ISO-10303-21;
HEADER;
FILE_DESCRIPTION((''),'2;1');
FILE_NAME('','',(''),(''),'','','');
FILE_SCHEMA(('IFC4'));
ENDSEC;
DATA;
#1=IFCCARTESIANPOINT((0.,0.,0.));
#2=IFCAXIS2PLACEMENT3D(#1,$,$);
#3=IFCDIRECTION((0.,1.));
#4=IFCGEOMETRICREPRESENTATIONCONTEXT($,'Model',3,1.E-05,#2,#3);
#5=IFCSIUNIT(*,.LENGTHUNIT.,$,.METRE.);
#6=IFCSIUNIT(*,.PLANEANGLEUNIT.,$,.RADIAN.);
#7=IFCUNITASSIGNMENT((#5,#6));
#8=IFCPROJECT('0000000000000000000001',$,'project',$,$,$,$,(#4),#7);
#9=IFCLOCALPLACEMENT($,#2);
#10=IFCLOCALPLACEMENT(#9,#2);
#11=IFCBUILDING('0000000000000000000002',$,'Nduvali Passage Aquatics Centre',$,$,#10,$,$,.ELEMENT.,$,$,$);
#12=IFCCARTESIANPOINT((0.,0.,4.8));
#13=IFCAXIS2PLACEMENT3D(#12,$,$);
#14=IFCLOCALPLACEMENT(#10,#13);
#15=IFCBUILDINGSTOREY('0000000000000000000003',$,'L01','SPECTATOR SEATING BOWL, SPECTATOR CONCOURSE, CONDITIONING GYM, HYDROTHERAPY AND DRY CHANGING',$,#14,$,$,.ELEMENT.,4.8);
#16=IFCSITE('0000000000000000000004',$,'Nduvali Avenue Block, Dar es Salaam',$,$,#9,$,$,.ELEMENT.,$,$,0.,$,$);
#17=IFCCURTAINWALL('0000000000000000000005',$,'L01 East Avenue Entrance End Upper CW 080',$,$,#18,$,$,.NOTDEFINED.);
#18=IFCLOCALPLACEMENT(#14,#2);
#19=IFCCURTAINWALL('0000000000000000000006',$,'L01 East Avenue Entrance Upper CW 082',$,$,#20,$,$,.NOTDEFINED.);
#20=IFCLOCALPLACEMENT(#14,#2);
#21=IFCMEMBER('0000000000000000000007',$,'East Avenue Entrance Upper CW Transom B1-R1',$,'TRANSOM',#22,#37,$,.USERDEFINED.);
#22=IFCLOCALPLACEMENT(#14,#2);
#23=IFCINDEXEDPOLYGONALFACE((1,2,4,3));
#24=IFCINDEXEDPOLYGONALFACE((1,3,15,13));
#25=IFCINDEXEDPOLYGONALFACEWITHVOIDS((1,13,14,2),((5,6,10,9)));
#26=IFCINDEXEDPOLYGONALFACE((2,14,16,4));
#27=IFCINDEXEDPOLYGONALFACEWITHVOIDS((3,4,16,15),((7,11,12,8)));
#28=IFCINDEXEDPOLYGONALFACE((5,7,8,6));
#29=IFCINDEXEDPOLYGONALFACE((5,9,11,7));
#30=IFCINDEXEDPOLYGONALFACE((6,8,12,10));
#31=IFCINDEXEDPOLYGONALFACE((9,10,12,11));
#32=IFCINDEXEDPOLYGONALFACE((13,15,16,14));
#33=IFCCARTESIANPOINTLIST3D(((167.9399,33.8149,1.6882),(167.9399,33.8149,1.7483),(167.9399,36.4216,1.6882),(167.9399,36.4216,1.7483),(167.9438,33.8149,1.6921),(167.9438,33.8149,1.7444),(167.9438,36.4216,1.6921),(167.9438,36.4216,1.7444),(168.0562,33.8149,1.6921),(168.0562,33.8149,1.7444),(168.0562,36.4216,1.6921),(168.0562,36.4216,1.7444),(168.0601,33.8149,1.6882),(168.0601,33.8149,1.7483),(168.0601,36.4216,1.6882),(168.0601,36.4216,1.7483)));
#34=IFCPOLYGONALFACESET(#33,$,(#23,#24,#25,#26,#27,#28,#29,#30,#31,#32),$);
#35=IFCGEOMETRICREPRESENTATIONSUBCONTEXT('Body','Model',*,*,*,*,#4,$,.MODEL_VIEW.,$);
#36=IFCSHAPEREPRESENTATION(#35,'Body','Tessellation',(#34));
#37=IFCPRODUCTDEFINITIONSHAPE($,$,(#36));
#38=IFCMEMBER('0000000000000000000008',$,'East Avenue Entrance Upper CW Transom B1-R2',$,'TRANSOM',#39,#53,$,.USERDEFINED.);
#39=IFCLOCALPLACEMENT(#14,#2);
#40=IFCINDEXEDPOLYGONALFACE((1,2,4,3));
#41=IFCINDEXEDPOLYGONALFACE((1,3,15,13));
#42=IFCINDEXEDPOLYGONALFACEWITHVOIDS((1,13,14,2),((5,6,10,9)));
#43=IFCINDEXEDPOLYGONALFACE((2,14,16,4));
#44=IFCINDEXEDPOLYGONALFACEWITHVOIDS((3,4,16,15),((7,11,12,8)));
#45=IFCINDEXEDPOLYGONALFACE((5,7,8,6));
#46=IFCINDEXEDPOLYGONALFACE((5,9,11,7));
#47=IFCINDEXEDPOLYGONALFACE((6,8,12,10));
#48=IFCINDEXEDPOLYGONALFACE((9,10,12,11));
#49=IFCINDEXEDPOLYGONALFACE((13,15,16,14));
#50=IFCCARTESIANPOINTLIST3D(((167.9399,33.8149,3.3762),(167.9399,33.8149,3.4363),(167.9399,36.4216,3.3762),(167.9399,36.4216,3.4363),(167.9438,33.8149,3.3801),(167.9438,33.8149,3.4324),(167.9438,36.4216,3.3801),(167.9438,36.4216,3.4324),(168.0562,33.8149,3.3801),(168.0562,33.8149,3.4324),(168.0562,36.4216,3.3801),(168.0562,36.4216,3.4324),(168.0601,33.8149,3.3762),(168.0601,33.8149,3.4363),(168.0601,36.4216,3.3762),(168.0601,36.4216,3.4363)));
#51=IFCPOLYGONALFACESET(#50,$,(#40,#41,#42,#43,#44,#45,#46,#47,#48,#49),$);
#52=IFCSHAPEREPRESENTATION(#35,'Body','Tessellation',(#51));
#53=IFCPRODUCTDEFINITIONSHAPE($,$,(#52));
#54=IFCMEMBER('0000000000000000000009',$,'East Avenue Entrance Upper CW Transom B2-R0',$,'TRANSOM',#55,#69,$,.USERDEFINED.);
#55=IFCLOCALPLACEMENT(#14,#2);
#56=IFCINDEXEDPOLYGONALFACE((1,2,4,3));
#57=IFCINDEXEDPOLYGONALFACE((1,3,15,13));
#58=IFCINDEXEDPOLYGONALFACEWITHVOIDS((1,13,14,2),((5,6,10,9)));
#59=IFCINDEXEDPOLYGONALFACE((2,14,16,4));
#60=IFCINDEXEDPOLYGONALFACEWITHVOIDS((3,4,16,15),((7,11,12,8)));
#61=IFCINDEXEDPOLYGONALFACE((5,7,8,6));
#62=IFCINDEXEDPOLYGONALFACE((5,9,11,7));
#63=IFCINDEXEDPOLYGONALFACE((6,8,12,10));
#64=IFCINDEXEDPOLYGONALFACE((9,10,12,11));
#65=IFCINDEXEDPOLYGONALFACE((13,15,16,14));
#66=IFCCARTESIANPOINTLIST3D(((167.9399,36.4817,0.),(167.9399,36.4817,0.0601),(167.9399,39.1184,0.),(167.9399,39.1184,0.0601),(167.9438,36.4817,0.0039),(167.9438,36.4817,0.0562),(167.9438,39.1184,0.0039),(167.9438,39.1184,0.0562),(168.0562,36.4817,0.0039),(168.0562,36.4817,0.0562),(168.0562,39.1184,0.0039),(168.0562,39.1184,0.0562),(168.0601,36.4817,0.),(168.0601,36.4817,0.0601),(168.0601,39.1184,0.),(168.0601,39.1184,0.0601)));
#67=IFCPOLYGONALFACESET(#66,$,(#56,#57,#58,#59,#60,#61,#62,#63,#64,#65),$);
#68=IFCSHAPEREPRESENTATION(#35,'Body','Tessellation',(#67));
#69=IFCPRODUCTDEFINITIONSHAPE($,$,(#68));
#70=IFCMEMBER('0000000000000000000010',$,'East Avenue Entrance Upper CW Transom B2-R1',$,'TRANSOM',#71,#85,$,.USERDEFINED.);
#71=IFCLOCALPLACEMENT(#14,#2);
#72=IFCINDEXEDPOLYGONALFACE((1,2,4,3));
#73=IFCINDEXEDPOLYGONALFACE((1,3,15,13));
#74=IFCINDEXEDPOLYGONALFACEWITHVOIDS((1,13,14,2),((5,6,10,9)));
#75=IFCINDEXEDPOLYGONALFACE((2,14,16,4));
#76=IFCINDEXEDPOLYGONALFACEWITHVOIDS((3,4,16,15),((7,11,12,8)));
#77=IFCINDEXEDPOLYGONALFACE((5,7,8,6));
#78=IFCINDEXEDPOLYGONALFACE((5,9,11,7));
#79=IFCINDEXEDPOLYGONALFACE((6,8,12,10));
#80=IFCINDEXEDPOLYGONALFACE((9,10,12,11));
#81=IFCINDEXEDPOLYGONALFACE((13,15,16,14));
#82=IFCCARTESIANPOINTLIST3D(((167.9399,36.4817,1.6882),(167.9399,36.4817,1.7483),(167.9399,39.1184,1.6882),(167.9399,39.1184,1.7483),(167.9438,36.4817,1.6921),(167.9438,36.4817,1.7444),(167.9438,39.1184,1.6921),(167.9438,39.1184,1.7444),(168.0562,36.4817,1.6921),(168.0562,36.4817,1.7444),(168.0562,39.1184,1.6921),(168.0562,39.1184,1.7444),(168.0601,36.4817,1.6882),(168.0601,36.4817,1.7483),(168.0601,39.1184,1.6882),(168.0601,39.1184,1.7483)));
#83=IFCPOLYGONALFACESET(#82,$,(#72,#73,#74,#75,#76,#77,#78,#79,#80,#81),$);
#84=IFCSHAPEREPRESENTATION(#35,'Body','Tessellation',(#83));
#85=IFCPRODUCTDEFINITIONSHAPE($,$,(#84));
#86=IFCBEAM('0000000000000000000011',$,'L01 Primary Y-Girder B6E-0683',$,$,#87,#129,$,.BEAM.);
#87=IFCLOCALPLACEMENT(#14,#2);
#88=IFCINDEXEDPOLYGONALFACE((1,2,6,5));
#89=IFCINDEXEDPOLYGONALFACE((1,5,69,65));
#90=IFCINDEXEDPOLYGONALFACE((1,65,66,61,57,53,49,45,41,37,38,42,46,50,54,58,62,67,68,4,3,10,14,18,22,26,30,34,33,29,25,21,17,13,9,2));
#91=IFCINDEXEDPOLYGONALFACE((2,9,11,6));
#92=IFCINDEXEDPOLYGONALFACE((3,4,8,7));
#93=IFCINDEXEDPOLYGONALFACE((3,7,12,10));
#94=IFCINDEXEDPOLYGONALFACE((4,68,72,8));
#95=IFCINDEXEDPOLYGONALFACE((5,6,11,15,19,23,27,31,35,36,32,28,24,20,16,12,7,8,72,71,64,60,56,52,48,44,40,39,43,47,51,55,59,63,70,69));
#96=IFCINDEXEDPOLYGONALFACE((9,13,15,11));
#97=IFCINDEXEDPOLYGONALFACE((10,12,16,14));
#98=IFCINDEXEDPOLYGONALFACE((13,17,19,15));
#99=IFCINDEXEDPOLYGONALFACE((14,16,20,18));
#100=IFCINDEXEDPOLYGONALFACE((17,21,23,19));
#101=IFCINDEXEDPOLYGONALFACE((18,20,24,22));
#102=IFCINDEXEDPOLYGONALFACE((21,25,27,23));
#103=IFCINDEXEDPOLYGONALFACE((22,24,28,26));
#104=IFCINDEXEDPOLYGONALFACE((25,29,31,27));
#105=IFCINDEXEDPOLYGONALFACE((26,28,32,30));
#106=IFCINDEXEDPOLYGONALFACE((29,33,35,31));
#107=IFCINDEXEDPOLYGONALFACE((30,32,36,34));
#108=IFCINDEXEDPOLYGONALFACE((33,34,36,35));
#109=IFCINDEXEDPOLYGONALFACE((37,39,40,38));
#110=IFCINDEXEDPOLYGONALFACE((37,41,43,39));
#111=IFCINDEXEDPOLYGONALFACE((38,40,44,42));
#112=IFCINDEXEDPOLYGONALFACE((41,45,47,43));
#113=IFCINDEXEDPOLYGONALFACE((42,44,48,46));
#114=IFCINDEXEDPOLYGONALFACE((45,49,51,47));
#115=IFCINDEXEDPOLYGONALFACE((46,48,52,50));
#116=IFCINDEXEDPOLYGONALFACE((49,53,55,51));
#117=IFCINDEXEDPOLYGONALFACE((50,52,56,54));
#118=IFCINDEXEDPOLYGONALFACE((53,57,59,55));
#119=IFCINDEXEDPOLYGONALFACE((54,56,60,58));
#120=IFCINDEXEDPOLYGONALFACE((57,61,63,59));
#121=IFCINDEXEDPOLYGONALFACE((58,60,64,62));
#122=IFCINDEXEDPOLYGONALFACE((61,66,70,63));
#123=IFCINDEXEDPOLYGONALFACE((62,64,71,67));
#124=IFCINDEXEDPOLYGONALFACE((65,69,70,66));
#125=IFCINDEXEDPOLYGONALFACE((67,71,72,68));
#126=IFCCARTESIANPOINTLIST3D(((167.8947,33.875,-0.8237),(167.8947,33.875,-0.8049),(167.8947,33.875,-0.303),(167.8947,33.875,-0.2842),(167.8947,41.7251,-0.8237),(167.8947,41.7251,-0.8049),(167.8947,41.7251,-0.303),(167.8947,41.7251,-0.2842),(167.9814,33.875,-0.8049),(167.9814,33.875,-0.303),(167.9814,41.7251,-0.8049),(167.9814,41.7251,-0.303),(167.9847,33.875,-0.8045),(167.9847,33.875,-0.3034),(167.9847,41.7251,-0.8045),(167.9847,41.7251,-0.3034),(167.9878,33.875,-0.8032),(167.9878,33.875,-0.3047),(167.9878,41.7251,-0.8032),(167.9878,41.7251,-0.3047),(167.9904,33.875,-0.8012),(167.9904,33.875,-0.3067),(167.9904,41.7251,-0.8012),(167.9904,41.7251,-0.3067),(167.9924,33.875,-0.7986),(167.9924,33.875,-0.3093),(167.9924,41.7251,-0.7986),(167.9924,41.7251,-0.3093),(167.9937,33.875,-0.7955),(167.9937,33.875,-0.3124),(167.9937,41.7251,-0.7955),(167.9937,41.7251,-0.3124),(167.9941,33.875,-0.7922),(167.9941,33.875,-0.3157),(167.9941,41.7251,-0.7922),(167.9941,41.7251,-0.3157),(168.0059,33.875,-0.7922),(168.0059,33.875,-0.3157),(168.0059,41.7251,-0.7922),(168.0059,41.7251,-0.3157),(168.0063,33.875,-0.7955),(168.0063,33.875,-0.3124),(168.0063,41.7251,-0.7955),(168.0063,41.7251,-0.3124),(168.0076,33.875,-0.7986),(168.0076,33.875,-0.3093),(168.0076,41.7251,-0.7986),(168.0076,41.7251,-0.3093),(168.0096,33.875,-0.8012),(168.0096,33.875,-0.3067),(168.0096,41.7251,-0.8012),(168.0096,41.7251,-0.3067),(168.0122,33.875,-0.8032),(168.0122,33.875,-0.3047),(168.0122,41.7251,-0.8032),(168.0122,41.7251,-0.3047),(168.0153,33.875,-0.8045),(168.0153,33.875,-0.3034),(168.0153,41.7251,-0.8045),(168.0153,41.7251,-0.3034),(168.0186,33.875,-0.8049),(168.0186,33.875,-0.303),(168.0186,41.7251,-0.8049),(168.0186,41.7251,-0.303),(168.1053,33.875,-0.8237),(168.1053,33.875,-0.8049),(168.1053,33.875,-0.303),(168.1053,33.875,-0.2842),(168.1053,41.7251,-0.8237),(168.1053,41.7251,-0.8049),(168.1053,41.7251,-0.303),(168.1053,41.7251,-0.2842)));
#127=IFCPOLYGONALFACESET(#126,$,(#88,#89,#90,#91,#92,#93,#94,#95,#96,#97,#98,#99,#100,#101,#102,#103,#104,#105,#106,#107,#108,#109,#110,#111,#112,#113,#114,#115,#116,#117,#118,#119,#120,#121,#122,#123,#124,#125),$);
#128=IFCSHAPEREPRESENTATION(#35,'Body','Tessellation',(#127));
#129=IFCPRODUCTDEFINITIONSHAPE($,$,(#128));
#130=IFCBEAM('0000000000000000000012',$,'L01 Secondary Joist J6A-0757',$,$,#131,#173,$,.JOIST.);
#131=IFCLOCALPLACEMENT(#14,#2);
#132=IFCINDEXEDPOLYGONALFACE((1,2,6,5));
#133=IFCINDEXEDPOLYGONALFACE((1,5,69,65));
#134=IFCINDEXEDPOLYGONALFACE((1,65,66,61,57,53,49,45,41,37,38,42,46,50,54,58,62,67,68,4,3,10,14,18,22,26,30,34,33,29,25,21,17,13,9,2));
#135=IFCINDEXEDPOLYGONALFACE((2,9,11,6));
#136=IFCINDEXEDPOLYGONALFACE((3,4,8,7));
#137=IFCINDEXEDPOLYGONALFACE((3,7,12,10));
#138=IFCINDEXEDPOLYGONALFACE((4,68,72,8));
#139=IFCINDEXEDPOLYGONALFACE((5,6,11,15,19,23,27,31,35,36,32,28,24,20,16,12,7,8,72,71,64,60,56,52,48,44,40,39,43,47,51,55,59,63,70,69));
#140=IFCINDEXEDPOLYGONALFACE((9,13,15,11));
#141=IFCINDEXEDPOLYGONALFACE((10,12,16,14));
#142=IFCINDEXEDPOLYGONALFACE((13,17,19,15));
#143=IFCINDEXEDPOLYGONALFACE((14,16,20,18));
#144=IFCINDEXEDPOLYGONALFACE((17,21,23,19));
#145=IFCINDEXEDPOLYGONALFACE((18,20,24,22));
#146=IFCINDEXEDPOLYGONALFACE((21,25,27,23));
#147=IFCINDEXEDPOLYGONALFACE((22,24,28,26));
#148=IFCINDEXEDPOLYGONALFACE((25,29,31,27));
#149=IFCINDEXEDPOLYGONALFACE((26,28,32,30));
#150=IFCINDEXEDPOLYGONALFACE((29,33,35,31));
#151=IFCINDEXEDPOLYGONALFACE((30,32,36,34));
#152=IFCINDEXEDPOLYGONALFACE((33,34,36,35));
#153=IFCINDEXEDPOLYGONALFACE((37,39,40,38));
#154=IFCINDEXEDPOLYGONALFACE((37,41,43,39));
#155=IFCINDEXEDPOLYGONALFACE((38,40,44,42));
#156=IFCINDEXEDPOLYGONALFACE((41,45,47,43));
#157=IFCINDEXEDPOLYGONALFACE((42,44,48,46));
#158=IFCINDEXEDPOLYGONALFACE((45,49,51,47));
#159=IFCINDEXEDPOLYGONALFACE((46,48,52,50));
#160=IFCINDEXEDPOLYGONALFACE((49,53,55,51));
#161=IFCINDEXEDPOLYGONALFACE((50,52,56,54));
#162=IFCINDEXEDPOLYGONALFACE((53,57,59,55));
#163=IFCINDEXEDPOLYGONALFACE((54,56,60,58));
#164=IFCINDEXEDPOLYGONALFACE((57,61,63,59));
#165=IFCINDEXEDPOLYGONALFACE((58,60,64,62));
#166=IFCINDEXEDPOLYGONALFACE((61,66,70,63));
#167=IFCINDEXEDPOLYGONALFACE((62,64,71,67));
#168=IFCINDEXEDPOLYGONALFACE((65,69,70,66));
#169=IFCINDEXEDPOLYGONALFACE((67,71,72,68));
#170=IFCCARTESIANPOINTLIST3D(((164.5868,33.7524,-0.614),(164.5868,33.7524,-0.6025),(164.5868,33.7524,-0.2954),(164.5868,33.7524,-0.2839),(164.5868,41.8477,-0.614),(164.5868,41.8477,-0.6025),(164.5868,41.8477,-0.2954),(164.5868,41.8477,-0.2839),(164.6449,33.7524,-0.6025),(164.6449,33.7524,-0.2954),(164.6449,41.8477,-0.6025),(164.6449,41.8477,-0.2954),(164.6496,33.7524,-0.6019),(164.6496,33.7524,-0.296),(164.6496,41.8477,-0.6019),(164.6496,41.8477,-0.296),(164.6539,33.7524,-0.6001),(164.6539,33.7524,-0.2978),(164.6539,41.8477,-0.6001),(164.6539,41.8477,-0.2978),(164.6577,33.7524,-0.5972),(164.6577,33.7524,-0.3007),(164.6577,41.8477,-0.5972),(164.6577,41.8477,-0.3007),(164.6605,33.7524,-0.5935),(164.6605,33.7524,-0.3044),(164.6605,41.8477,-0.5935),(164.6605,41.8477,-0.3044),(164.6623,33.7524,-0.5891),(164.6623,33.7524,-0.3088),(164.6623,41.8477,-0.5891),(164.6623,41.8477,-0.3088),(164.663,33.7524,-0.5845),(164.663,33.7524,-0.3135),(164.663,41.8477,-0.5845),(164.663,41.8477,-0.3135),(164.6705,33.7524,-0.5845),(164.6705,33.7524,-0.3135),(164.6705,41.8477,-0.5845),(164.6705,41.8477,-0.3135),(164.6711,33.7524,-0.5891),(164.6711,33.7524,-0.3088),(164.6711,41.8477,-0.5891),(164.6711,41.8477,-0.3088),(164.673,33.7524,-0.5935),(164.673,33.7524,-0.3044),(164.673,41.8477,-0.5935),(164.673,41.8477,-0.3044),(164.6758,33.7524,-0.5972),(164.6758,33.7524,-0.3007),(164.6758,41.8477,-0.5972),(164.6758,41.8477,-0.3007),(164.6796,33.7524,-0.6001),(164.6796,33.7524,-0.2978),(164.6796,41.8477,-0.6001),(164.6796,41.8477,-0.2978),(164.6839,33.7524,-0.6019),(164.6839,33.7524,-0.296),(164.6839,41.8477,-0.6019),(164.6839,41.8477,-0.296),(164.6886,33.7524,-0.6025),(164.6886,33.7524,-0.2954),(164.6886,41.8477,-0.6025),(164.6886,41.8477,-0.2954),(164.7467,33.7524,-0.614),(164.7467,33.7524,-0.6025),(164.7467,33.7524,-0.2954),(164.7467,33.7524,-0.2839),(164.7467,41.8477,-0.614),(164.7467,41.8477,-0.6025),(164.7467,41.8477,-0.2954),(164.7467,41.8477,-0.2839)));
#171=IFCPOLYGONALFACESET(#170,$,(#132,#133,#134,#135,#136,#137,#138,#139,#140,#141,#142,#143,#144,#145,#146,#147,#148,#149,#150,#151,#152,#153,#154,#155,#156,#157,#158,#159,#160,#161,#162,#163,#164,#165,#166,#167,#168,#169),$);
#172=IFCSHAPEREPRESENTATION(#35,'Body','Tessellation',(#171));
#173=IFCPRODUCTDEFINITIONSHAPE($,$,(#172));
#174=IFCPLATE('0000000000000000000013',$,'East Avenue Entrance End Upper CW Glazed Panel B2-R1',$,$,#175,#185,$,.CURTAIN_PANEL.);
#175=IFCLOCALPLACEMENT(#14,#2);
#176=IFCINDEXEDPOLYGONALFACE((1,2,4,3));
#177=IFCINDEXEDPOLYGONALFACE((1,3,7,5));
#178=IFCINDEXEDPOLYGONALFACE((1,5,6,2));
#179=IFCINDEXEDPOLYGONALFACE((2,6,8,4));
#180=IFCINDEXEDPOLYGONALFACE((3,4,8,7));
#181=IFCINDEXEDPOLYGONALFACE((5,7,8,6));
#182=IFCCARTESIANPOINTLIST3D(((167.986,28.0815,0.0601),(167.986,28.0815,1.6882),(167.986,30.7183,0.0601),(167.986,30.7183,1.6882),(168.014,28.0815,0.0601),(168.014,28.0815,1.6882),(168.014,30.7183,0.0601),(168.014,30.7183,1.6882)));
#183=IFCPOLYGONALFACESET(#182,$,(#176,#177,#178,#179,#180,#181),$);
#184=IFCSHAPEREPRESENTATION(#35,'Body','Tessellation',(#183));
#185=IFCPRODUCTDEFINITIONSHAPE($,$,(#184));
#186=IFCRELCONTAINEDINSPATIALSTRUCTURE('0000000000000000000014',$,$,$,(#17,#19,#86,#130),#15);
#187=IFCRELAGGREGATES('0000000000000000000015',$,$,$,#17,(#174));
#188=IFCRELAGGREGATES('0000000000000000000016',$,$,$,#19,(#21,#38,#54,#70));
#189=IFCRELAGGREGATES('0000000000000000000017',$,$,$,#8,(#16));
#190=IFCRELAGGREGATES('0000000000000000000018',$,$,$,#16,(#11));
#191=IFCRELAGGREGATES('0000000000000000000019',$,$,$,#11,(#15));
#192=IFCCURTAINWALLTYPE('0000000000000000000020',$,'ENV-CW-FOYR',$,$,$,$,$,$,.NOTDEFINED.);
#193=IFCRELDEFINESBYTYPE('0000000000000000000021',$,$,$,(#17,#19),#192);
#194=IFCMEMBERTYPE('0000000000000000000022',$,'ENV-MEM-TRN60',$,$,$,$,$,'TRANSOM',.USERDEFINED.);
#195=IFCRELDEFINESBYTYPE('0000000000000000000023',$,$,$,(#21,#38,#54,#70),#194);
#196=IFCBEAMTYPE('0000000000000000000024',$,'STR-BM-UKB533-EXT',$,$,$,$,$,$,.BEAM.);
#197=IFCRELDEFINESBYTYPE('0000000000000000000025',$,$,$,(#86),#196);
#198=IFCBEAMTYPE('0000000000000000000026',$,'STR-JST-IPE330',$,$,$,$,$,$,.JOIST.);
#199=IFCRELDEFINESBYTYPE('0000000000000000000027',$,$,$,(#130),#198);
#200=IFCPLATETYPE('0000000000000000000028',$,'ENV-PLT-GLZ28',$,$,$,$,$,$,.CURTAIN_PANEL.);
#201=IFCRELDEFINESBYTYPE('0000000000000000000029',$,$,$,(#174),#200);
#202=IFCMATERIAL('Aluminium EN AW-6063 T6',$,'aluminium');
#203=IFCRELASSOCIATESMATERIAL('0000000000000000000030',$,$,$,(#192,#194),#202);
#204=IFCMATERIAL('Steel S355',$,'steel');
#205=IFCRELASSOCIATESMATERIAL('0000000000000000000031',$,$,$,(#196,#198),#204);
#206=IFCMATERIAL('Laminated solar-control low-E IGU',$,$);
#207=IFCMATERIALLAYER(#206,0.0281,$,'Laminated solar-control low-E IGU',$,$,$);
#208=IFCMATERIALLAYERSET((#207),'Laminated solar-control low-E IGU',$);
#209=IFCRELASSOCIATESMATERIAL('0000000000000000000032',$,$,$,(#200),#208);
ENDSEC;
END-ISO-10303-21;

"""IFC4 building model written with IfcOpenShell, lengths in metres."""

from ifc_helpers import new_model, si_unit, direction, frame, origin, origin_2d, place, context, subcontext, project, spatial, rectangle, hollow_rectangle, i_section, extrude, material, layer, layer_set, material_profile, profile_set, type_object, element, aggregate, save


model = new_model("IFC4")

# Units and contexts
model_context = context("Model", 3, precision=1e-05, world=origin(), true_north=direction((0.0, 1.0)))
body_context = subcontext(model_context, "Body", "Model", "MODEL_VIEW")
ifc_project = project(units=[si_unit("LENGTHUNIT", "METRE"), si_unit("PLANEANGLEUNIT", "RADIAN")], contexts=[model_context])

# Site, building, storey
site_placement = place(None, origin())
site = spatial("IfcSite", under=ifc_project, at=site_placement, Name="Nduvali Avenue Block, Dar es Salaam", CompositionType="ELEMENT", RefElevation=0.0)
building_placement = place(site_placement, origin())
building = spatial("IfcBuilding", under=site, at=building_placement, Name="Nduvali Passage Aquatics Centre", CompositionType="ELEMENT")
storey_placement = place(building_placement, frame((0.0, 0.0, 4.8)))
storey = spatial("IfcBuildingStorey", under=building, at=storey_placement, Name="L01", Description="SPECTATOR SEATING BOWL, SPECTATOR CONCOURSE, CONDITIONING GYM, HYDROTHERAPY AND DRY CHANGING", CompositionType="ELEMENT", Elevation=4.8)

# Shared definitions
ifc_material_1 = material(Name="Steel S355", Category="steel")

# Curtain walls
ifc_material_2 = material(Name="Aluminium EN AW-6063 T6", Category="aluminium")
curtain_wall_type = type_object("IfcCurtainWallType", Name="ENV-CW-FOYR", PredefinedType="NOTDEFINED", material=ifc_material_2)
curtain_wall_1_placement = place(storey_placement, origin())
curtain_wall_1 = element("IfcCurtainWall", 1, at=curtain_wall_1_placement, inside=storey, type_object=curtain_wall_type, Name="L01 East Avenue Entrance End Upper CW 080", PredefinedType="NOTDEFINED")
curtain_wall_2_placement = place(storey_placement, origin())
curtain_wall_2 = element("IfcCurtainWall", 2, at=curtain_wall_2_placement, inside=storey, type_object=curtain_wall_type, Name="L01 East Avenue Entrance Upper CW 082", PredefinedType="NOTDEFINED")

# Members
ifc_material_profile_1 = material_profile(ifc_material_2, hollow_rectangle(XDim=0.1201, YDim=0.0601, WallThickness=0.0039, at=origin_2d()), Name="ALU TRANSOM 120x60x4")
ifc_profile_set_1 = profile_set([ifc_material_profile_1], Name="Aluminium EN AW-6063 T6")
member_type_1 = type_object("IfcMemberType", Name="ENV-MEM-TRN60", ElementType="TRANSOM", PredefinedType="USERDEFINED", material=ifc_profile_set_1)
member_1_placement = place(storey_placement, frame((168.0, 33.8149, 1.7183), z_axis=(0.0, 1.0, 0.0), x_axis=(-1.0, 0.0, 0.0)))
member_1 = element("IfcMember", 3, at=member_1_placement, type_object=member_type_1, Name="East Avenue Entrance Upper CW Transom B1-R1", ObjectType="TRANSOM", PredefinedType="USERDEFINED", context=body_context, shape_type="SweptSolid", body=[
    extrude(hollow_rectangle(XDim=0.1201, YDim=0.0601, WallThickness=0.0039, at=origin_2d()), origin(), (0.0, 0.0, 1.0), 2.6067),
])
member_2_placement = place(storey_placement, frame((168.0, 33.8149, 3.4062), z_axis=(0.0, 1.0, 0.0), x_axis=(-1.0, 0.0, 0.0)))
member_2 = element("IfcMember", 4, at=member_2_placement, type_object=member_type_1, Name="East Avenue Entrance Upper CW Transom B1-R2", ObjectType="TRANSOM", PredefinedType="USERDEFINED", context=body_context, shape_type="SweptSolid", body=[
    extrude(hollow_rectangle(XDim=0.1201, YDim=0.0601, WallThickness=0.0039, at=origin_2d()), origin(), (0.0, 0.0, 1.0), 2.6067),
])
member_3_placement = place(storey_placement, frame((168.0, 36.4817, 0.03), z_axis=(0.0, 1.0, 0.0), x_axis=(-1.0, 0.0, 0.0)))
member_3 = element("IfcMember", 5, at=member_3_placement, type_object=member_type_1, Name="East Avenue Entrance Upper CW Transom B2-R0", ObjectType="TRANSOM", PredefinedType="USERDEFINED", context=body_context, shape_type="SweptSolid", body=[
    extrude(hollow_rectangle(XDim=0.1201, YDim=0.0601, WallThickness=0.0039, at=origin_2d()), origin(), (0.0, 0.0, 1.0), 2.6367),
])
member_4_placement = place(storey_placement, frame((168.0, 36.4817, 1.7183), z_axis=(0.0, 1.0, 0.0), x_axis=(-1.0, 0.0, 0.0)))
member_4 = element("IfcMember", 6, at=member_4_placement, type_object=member_type_1, Name="East Avenue Entrance Upper CW Transom B2-R1", ObjectType="TRANSOM", PredefinedType="USERDEFINED", context=body_context, shape_type="SweptSolid", body=[
    extrude(hollow_rectangle(XDim=0.1201, YDim=0.0601, WallThickness=0.0039, at=origin_2d()), origin(), (0.0, 0.0, 1.0), 2.6367),
])

# Beams
ifc_material_profile_2 = material_profile(ifc_material_1, i_section(OverallWidth=0.2107, OverallDepth=0.5396, WebThickness=0.0117, FlangeThickness=0.0188, FilletRadius=0.0127, at=origin_2d()), Name="UKB 533x210x109")
ifc_profile_set_2 = profile_set([ifc_material_profile_2], Name="Steel S355")
beam_type_1 = type_object("IfcBeamType", Name="STR-BM-UKB533-EXT", PredefinedType="BEAM", material=ifc_profile_set_2)
beam_1_placement = place(storey_placement, frame((168.0, 33.875, -0.554), z_axis=(0.0, 1.0, 0.0), x_axis=(-1.0, 0.0, 0.0)))
element("IfcBeam", 7, at=beam_1_placement, inside=storey, type_object=beam_type_1, Name="L01 Primary Y-Girder B6E-0683", PredefinedType="BEAM", context=body_context, shape_type="SweptSolid", body=[
    extrude(i_section(OverallWidth=0.2107, OverallDepth=0.5396, WebThickness=0.0117, FlangeThickness=0.0188, FilletRadius=0.0127, at=origin_2d()), origin(), (0.0, 0.0, 1.0), 7.8501),
])
ifc_material_profile_3 = material_profile(ifc_material_1, i_section(OverallWidth=0.1599, OverallDepth=0.3301, WebThickness=0.0076, FlangeThickness=0.0115, FilletRadius=0.0181, at=origin_2d()), Name="IPE 330")
ifc_profile_set_3 = profile_set([ifc_material_profile_3], Name="Steel S355")
beam_type_2 = type_object("IfcBeamType", Name="STR-JST-IPE330", PredefinedType="JOIST", material=ifc_profile_set_3)
beam_2_placement = place(storey_placement, frame((164.6667, 33.7524, -0.449), z_axis=(0.0, 1.0, 0.0), x_axis=(-1.0, 0.0, 0.0)))
element("IfcBeam", 8, at=beam_2_placement, inside=storey, type_object=beam_type_2, Name="L01 Secondary Joist J6A-0757", PredefinedType="JOIST", context=body_context, shape_type="SweptSolid", body=[
    extrude(i_section(OverallWidth=0.1599, OverallDepth=0.3301, WebThickness=0.0076, FlangeThickness=0.0115, FilletRadius=0.0181, at=origin_2d()), origin(), (0.0, 0.0, 1.0), 8.0952),
])

# Plate
ifc_material_3 = material(Name="Laminated solar-control low-E IGU")
ifc_layer = layer(ifc_material_3, 0.0281, Name="Laminated solar-control low-E IGU")
ifc_layer_set = layer_set([ifc_layer], Name="Laminated solar-control low-E IGU")
plate_type = type_object("IfcPlateType", Name="ENV-PLT-GLZ28", PredefinedType="CURTAIN_PANEL", material=ifc_layer_set)
plate_1_placement = place(storey_placement, frame((168.0, 29.3999, 0.0601), z_axis=(0.0, 0.0, 1.0), x_axis=(0.0, 1.0, 0.0)))
plate_1 = element("IfcPlate", 9, at=plate_1_placement, type_object=plate_type, Name="East Avenue Entrance End Upper CW Glazed Panel B2-R1", PredefinedType="CURTAIN_PANEL", context=body_context, shape_type="SweptSolid", body=[
    extrude(rectangle(XDim=2.6367, YDim=0.0281, at=origin_2d()), origin(), (0.0, 0.0, 1.0), 1.6282),
])
aggregate(curtain_wall_1, [plate_1])
aggregate(curtain_wall_2, [member_1, member_2, member_3, member_4])

save(model, "model.ifc")
